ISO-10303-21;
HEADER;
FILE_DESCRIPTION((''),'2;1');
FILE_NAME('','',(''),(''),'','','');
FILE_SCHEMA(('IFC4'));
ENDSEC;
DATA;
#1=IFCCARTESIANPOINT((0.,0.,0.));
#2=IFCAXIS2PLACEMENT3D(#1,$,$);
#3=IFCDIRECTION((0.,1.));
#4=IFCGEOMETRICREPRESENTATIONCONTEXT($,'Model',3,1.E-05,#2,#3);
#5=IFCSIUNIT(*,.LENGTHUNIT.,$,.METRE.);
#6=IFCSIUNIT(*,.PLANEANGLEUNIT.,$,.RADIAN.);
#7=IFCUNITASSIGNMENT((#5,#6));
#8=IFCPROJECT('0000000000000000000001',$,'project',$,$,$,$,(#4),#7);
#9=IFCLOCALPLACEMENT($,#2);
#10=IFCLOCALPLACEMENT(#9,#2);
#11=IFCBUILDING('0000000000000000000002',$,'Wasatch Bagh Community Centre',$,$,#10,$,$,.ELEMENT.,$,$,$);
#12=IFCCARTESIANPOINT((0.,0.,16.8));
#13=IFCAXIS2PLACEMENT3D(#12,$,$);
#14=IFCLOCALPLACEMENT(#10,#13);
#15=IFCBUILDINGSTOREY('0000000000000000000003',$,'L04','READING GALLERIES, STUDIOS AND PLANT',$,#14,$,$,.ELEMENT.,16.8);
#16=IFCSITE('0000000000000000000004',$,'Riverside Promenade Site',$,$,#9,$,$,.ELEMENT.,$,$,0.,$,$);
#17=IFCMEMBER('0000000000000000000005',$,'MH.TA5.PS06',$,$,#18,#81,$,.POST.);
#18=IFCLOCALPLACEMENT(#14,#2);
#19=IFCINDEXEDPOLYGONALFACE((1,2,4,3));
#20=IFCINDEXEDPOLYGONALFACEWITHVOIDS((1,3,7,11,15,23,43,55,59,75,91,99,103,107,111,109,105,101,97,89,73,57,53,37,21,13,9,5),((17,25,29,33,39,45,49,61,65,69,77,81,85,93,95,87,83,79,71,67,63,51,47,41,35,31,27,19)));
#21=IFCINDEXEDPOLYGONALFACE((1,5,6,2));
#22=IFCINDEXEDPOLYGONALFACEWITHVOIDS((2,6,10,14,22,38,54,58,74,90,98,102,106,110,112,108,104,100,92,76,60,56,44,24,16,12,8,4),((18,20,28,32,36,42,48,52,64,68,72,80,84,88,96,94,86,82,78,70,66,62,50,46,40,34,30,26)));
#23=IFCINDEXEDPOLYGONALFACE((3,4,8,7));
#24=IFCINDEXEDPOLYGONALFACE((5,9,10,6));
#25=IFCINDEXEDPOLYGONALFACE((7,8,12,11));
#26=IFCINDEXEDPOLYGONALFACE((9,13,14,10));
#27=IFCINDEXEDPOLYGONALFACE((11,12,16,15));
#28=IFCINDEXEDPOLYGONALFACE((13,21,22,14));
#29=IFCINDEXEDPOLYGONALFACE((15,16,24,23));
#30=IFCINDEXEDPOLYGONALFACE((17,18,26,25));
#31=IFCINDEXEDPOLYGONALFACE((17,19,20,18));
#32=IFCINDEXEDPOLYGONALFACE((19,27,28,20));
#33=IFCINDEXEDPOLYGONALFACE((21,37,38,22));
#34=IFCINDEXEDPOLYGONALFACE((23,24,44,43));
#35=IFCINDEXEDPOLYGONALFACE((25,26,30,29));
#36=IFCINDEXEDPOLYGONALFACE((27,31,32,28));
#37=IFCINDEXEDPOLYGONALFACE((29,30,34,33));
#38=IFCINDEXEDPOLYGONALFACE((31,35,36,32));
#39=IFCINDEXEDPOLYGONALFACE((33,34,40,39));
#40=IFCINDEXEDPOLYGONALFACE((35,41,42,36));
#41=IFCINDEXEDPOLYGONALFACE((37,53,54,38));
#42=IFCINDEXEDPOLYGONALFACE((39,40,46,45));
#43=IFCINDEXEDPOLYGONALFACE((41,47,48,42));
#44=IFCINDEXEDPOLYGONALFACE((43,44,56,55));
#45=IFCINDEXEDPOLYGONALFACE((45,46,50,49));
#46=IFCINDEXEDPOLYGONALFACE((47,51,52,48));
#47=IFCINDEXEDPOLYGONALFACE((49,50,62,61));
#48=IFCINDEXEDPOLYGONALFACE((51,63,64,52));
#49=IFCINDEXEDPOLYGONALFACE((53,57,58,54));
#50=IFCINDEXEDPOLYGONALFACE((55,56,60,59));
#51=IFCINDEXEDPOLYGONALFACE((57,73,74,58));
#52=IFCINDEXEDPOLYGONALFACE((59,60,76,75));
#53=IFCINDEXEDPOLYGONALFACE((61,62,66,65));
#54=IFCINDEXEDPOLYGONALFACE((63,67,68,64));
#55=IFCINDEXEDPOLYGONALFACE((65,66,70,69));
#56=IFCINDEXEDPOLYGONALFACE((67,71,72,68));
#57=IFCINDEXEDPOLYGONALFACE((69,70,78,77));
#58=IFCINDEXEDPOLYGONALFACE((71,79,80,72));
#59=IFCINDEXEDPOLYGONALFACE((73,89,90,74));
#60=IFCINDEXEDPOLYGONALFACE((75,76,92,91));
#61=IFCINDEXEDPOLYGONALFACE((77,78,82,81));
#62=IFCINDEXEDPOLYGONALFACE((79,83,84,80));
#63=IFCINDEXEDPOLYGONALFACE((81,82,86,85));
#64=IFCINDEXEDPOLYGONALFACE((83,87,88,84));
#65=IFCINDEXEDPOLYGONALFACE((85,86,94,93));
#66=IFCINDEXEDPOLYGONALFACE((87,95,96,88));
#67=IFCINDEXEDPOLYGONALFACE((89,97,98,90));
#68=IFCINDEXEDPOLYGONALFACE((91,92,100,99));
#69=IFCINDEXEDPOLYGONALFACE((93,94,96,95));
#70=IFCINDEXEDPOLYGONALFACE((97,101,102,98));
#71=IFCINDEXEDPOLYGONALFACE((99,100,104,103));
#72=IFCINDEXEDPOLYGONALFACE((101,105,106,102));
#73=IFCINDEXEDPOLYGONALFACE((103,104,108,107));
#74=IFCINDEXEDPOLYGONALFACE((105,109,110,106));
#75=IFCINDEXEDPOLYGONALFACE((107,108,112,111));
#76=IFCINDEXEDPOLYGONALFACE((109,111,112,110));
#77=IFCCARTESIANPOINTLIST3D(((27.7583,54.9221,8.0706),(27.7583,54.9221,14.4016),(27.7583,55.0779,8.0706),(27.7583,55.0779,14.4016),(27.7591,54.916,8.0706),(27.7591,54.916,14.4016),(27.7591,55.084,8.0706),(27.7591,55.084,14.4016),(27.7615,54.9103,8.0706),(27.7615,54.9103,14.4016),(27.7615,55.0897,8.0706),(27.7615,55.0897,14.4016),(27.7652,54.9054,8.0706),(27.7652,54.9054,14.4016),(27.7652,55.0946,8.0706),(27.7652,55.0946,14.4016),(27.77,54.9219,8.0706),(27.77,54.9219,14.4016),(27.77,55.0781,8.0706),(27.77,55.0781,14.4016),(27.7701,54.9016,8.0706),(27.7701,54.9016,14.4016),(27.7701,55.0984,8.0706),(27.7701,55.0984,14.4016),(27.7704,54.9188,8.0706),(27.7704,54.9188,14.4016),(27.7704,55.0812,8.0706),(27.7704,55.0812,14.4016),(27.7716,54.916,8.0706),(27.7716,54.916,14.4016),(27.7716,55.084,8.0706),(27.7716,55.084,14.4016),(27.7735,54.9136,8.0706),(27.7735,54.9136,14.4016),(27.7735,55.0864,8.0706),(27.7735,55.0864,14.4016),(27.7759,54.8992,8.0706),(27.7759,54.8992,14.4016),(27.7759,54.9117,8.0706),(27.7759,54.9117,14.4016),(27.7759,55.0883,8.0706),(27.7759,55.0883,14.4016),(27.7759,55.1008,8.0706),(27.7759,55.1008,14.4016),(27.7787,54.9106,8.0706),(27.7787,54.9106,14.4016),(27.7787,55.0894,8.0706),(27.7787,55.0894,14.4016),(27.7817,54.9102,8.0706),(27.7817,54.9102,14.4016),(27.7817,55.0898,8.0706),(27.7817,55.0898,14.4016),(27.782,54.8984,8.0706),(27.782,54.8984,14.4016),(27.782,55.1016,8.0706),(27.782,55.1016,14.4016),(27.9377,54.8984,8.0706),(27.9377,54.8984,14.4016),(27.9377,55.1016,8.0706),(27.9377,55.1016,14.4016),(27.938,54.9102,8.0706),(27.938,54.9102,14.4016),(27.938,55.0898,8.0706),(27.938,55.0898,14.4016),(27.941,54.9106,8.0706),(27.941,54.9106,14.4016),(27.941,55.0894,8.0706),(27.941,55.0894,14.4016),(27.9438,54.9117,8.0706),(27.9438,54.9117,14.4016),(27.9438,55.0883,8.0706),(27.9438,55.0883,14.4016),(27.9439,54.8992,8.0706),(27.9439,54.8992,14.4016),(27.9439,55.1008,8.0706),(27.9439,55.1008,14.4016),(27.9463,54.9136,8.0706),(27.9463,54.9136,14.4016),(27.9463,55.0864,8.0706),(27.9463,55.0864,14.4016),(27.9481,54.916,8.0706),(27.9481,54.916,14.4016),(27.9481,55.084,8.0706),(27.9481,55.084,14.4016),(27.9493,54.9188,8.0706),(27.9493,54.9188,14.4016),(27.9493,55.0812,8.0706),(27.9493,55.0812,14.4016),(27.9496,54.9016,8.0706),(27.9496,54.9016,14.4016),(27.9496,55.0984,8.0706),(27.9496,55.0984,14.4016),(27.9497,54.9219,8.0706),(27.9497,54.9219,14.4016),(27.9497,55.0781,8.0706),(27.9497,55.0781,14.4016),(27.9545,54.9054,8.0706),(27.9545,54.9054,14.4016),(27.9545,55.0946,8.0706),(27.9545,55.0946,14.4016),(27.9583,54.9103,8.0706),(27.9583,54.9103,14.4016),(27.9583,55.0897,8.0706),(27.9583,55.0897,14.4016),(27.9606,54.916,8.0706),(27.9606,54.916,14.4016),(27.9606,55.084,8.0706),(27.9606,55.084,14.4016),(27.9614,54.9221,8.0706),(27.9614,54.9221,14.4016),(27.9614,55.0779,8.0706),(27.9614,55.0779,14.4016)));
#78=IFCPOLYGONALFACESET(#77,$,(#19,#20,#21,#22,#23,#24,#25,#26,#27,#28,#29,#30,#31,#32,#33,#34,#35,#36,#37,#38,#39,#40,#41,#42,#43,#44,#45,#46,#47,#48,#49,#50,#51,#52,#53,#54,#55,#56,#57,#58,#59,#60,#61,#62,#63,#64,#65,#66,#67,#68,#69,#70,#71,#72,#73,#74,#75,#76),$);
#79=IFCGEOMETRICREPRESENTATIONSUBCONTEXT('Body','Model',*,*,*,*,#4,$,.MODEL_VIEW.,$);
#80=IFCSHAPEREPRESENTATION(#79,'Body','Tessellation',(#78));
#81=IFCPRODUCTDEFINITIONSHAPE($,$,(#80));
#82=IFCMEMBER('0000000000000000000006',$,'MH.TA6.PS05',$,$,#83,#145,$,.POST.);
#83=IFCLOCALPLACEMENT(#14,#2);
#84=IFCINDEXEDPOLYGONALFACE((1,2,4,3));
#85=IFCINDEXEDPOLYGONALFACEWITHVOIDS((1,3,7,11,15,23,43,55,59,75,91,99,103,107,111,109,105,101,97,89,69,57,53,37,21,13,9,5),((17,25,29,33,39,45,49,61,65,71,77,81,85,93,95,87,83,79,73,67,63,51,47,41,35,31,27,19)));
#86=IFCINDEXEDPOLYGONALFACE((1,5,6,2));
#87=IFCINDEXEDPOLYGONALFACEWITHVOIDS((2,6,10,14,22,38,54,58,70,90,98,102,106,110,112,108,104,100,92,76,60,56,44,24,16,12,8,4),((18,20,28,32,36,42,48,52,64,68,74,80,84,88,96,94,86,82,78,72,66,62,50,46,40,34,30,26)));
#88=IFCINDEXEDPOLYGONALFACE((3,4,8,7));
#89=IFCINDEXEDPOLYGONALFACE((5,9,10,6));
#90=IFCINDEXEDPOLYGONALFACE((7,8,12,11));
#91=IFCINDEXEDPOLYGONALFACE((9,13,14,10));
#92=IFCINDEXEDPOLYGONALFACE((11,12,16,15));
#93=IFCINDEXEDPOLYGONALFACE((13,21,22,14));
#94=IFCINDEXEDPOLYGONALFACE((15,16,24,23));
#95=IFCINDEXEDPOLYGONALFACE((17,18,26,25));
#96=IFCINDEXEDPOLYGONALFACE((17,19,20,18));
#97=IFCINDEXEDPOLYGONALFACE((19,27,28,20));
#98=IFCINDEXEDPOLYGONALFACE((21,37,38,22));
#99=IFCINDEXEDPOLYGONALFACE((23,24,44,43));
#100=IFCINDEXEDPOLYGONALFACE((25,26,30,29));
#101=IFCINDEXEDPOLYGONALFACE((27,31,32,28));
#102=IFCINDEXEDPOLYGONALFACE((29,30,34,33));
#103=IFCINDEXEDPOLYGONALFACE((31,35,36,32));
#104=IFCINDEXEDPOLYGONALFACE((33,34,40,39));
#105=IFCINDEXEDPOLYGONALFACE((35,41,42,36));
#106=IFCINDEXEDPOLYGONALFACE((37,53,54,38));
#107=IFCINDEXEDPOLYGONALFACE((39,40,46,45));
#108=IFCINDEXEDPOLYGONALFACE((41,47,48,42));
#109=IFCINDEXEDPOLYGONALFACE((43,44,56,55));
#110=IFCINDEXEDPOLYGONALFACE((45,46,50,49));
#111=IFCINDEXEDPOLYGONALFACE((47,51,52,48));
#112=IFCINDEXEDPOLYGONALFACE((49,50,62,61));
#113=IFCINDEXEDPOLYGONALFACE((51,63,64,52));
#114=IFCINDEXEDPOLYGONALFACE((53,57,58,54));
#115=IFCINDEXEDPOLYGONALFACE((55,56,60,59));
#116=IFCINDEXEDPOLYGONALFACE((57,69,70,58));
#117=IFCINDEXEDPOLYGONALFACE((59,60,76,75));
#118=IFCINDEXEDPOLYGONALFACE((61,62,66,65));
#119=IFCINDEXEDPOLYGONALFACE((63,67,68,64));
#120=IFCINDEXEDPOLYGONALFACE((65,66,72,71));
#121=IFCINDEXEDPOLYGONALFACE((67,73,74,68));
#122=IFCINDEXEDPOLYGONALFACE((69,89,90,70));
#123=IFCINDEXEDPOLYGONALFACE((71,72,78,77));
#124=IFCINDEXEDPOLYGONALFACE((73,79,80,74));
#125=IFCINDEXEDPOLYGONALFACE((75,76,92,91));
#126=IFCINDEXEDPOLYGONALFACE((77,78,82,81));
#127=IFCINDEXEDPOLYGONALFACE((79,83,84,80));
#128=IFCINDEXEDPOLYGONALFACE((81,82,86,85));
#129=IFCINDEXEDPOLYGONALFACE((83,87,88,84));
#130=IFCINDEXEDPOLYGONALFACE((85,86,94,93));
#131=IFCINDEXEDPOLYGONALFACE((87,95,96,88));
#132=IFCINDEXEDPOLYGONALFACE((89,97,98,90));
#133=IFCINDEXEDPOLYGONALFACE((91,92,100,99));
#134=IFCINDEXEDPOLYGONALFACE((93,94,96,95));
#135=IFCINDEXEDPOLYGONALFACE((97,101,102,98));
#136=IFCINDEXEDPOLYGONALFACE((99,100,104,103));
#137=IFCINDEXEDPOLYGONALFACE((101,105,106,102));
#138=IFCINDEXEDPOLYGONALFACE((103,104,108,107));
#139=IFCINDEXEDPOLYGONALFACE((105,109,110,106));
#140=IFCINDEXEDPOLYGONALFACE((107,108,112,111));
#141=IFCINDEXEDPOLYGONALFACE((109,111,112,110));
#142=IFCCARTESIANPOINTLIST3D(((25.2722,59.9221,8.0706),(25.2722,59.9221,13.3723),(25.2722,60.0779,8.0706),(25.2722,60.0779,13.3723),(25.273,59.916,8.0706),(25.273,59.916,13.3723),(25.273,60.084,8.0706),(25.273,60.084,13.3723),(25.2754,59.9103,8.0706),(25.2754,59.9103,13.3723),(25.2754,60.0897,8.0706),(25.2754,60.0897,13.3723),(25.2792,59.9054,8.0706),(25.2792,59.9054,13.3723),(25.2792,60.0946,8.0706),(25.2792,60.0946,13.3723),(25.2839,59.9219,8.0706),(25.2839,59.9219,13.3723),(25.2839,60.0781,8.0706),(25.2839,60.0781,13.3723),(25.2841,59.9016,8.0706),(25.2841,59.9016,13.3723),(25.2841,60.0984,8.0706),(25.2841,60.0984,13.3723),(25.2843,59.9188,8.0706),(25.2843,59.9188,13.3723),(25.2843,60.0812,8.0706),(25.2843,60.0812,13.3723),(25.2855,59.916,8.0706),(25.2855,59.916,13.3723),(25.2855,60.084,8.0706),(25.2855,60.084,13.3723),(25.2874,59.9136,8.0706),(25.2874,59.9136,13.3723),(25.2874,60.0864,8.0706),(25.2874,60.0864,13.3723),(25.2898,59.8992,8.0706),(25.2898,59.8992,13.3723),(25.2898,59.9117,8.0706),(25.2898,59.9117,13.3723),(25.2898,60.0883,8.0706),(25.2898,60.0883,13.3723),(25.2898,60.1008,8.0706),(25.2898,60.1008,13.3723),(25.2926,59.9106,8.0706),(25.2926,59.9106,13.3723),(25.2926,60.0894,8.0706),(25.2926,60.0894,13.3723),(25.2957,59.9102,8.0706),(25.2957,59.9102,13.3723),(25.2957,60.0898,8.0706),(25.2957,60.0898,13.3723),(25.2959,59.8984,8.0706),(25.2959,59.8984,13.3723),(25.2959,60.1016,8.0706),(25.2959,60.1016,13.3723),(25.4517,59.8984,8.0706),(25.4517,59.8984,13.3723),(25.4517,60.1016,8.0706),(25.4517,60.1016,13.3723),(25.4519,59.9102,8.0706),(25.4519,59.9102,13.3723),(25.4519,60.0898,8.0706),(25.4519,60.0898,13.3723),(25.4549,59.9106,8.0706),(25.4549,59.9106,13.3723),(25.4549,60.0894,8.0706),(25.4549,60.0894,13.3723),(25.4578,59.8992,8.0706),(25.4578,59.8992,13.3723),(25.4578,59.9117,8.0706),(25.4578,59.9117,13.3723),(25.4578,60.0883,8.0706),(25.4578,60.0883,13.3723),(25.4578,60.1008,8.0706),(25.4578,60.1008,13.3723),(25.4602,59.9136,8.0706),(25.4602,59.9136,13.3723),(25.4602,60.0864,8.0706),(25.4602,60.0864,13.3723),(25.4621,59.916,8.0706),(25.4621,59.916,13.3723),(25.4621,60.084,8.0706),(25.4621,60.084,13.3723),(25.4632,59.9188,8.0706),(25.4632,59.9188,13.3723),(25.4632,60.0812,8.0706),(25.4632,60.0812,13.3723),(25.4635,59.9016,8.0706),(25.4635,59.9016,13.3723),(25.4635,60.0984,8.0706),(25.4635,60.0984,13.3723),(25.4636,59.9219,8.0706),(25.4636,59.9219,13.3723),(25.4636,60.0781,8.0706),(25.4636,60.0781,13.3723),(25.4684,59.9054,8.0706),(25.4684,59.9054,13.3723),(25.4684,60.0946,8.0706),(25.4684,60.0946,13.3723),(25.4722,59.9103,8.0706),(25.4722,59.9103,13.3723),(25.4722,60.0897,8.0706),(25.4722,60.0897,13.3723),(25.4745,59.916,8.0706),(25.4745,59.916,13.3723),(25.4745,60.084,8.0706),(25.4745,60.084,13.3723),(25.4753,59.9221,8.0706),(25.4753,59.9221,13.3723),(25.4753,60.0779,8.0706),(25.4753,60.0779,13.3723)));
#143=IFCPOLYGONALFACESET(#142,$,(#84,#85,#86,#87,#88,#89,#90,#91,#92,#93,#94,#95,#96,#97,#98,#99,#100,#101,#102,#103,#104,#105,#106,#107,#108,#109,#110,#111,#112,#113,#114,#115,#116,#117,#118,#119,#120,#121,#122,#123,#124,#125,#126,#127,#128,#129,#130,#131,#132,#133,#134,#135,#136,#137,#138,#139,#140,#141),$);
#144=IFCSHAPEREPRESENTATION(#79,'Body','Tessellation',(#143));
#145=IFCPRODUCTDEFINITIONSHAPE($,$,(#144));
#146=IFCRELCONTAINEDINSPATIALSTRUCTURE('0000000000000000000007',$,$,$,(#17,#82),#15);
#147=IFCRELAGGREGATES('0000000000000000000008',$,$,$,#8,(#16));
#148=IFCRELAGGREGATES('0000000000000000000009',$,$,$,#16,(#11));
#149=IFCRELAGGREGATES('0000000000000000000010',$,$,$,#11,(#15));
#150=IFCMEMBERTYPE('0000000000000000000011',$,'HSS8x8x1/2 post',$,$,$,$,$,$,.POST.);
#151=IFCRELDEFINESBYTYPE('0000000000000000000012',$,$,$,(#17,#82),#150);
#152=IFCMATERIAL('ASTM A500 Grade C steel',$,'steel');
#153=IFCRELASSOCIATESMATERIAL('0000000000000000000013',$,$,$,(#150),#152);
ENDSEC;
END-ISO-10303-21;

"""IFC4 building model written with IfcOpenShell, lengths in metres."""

from ifc_helpers import new_model, si_unit, direction, frame, origin, origin_2d, place, context, subcontext, project, spatial, hollow_rectangle, extrude, material, material_profile, profile_set, type_object, element, save


model = new_model("IFC4")

# Units and contexts
model_context = context("Model", 3, precision=1e-05, world=origin(), true_north=direction((0.0, 1.0)))
body_context = subcontext(model_context, "Body", "Model", "MODEL_VIEW")
ifc_project = project(units=[si_unit("LENGTHUNIT", "METRE"), si_unit("PLANEANGLEUNIT", "RADIAN")], contexts=[model_context])

# Site, building, storey
site_placement = place(None, origin())
site = spatial("IfcSite", under=ifc_project, at=site_placement, Name="Riverside Promenade Site", CompositionType="ELEMENT", RefElevation=0.0)
building_placement = place(site_placement, origin())
building = spatial("IfcBuilding", under=site, at=building_placement, Name="Wasatch Bagh Community Centre", CompositionType="ELEMENT")
storey_placement = place(building_placement, frame((0.0, 0.0, 16.8)))
storey = spatial("IfcBuildingStorey", under=building, at=storey_placement, Name="L04", Description="READING GALLERIES, STUDIOS AND PLANT", CompositionType="ELEMENT", Elevation=16.8)

# Members
ifc_material_1 = material(Name="ASTM A500 Grade C steel", Category="steel")
ifc_material_profile_1 = material_profile(ifc_material_1, hollow_rectangle(XDim=0.2031, YDim=0.2031, WallThickness=0.0117, InnerFilletRadius=0.0117, OuterFilletRadius=0.0237, at=origin_2d()), Name="HSS8x8x1/2")
ifc_profile_set_1 = profile_set([ifc_material_profile_1], Name="ASTM A500 Grade C steel")
member_type_1 = type_object("IfcMemberType", Name="HSS8x8x1/2 post", PredefinedType="POST", material=ifc_profile_set_1)
member_1_placement = place(storey_placement, frame((27.8599, 55.0, 8.0706), z_axis=(0.0, 0.0, 1.0), x_axis=(1.0, 0.0, 0.0)))
element("IfcMember", 1, at=member_1_placement, inside=storey, type_object=member_type_1, Name="MH.TA5.PS06", PredefinedType="POST", context=body_context, shape_type="SweptSolid", body=[
    extrude(hollow_rectangle(XDim=0.2031, YDim=0.2031, WallThickness=0.0117, InnerFilletRadius=0.0117, OuterFilletRadius=0.0237, at=origin_2d()), origin(), (0.0, 0.0, 1.0), 6.3311),
])
member_2_placement = place(storey_placement, frame((25.3738, 60.0, 8.0706), z_axis=(0.0, 0.0, 1.0), x_axis=(1.0, 0.0, 0.0)))
element("IfcMember", 2, at=member_2_placement, inside=storey, type_object=member_type_1, Name="MH.TA6.PS05", PredefinedType="POST", context=body_context, shape_type="SweptSolid", body=[
    extrude(hollow_rectangle(XDim=0.2031, YDim=0.2031, WallThickness=0.0117, InnerFilletRadius=0.0117, OuterFilletRadius=0.0237, at=origin_2d()), origin(), (0.0, 0.0, 1.0), 5.3018),
])

save(model, "model.ifc")
